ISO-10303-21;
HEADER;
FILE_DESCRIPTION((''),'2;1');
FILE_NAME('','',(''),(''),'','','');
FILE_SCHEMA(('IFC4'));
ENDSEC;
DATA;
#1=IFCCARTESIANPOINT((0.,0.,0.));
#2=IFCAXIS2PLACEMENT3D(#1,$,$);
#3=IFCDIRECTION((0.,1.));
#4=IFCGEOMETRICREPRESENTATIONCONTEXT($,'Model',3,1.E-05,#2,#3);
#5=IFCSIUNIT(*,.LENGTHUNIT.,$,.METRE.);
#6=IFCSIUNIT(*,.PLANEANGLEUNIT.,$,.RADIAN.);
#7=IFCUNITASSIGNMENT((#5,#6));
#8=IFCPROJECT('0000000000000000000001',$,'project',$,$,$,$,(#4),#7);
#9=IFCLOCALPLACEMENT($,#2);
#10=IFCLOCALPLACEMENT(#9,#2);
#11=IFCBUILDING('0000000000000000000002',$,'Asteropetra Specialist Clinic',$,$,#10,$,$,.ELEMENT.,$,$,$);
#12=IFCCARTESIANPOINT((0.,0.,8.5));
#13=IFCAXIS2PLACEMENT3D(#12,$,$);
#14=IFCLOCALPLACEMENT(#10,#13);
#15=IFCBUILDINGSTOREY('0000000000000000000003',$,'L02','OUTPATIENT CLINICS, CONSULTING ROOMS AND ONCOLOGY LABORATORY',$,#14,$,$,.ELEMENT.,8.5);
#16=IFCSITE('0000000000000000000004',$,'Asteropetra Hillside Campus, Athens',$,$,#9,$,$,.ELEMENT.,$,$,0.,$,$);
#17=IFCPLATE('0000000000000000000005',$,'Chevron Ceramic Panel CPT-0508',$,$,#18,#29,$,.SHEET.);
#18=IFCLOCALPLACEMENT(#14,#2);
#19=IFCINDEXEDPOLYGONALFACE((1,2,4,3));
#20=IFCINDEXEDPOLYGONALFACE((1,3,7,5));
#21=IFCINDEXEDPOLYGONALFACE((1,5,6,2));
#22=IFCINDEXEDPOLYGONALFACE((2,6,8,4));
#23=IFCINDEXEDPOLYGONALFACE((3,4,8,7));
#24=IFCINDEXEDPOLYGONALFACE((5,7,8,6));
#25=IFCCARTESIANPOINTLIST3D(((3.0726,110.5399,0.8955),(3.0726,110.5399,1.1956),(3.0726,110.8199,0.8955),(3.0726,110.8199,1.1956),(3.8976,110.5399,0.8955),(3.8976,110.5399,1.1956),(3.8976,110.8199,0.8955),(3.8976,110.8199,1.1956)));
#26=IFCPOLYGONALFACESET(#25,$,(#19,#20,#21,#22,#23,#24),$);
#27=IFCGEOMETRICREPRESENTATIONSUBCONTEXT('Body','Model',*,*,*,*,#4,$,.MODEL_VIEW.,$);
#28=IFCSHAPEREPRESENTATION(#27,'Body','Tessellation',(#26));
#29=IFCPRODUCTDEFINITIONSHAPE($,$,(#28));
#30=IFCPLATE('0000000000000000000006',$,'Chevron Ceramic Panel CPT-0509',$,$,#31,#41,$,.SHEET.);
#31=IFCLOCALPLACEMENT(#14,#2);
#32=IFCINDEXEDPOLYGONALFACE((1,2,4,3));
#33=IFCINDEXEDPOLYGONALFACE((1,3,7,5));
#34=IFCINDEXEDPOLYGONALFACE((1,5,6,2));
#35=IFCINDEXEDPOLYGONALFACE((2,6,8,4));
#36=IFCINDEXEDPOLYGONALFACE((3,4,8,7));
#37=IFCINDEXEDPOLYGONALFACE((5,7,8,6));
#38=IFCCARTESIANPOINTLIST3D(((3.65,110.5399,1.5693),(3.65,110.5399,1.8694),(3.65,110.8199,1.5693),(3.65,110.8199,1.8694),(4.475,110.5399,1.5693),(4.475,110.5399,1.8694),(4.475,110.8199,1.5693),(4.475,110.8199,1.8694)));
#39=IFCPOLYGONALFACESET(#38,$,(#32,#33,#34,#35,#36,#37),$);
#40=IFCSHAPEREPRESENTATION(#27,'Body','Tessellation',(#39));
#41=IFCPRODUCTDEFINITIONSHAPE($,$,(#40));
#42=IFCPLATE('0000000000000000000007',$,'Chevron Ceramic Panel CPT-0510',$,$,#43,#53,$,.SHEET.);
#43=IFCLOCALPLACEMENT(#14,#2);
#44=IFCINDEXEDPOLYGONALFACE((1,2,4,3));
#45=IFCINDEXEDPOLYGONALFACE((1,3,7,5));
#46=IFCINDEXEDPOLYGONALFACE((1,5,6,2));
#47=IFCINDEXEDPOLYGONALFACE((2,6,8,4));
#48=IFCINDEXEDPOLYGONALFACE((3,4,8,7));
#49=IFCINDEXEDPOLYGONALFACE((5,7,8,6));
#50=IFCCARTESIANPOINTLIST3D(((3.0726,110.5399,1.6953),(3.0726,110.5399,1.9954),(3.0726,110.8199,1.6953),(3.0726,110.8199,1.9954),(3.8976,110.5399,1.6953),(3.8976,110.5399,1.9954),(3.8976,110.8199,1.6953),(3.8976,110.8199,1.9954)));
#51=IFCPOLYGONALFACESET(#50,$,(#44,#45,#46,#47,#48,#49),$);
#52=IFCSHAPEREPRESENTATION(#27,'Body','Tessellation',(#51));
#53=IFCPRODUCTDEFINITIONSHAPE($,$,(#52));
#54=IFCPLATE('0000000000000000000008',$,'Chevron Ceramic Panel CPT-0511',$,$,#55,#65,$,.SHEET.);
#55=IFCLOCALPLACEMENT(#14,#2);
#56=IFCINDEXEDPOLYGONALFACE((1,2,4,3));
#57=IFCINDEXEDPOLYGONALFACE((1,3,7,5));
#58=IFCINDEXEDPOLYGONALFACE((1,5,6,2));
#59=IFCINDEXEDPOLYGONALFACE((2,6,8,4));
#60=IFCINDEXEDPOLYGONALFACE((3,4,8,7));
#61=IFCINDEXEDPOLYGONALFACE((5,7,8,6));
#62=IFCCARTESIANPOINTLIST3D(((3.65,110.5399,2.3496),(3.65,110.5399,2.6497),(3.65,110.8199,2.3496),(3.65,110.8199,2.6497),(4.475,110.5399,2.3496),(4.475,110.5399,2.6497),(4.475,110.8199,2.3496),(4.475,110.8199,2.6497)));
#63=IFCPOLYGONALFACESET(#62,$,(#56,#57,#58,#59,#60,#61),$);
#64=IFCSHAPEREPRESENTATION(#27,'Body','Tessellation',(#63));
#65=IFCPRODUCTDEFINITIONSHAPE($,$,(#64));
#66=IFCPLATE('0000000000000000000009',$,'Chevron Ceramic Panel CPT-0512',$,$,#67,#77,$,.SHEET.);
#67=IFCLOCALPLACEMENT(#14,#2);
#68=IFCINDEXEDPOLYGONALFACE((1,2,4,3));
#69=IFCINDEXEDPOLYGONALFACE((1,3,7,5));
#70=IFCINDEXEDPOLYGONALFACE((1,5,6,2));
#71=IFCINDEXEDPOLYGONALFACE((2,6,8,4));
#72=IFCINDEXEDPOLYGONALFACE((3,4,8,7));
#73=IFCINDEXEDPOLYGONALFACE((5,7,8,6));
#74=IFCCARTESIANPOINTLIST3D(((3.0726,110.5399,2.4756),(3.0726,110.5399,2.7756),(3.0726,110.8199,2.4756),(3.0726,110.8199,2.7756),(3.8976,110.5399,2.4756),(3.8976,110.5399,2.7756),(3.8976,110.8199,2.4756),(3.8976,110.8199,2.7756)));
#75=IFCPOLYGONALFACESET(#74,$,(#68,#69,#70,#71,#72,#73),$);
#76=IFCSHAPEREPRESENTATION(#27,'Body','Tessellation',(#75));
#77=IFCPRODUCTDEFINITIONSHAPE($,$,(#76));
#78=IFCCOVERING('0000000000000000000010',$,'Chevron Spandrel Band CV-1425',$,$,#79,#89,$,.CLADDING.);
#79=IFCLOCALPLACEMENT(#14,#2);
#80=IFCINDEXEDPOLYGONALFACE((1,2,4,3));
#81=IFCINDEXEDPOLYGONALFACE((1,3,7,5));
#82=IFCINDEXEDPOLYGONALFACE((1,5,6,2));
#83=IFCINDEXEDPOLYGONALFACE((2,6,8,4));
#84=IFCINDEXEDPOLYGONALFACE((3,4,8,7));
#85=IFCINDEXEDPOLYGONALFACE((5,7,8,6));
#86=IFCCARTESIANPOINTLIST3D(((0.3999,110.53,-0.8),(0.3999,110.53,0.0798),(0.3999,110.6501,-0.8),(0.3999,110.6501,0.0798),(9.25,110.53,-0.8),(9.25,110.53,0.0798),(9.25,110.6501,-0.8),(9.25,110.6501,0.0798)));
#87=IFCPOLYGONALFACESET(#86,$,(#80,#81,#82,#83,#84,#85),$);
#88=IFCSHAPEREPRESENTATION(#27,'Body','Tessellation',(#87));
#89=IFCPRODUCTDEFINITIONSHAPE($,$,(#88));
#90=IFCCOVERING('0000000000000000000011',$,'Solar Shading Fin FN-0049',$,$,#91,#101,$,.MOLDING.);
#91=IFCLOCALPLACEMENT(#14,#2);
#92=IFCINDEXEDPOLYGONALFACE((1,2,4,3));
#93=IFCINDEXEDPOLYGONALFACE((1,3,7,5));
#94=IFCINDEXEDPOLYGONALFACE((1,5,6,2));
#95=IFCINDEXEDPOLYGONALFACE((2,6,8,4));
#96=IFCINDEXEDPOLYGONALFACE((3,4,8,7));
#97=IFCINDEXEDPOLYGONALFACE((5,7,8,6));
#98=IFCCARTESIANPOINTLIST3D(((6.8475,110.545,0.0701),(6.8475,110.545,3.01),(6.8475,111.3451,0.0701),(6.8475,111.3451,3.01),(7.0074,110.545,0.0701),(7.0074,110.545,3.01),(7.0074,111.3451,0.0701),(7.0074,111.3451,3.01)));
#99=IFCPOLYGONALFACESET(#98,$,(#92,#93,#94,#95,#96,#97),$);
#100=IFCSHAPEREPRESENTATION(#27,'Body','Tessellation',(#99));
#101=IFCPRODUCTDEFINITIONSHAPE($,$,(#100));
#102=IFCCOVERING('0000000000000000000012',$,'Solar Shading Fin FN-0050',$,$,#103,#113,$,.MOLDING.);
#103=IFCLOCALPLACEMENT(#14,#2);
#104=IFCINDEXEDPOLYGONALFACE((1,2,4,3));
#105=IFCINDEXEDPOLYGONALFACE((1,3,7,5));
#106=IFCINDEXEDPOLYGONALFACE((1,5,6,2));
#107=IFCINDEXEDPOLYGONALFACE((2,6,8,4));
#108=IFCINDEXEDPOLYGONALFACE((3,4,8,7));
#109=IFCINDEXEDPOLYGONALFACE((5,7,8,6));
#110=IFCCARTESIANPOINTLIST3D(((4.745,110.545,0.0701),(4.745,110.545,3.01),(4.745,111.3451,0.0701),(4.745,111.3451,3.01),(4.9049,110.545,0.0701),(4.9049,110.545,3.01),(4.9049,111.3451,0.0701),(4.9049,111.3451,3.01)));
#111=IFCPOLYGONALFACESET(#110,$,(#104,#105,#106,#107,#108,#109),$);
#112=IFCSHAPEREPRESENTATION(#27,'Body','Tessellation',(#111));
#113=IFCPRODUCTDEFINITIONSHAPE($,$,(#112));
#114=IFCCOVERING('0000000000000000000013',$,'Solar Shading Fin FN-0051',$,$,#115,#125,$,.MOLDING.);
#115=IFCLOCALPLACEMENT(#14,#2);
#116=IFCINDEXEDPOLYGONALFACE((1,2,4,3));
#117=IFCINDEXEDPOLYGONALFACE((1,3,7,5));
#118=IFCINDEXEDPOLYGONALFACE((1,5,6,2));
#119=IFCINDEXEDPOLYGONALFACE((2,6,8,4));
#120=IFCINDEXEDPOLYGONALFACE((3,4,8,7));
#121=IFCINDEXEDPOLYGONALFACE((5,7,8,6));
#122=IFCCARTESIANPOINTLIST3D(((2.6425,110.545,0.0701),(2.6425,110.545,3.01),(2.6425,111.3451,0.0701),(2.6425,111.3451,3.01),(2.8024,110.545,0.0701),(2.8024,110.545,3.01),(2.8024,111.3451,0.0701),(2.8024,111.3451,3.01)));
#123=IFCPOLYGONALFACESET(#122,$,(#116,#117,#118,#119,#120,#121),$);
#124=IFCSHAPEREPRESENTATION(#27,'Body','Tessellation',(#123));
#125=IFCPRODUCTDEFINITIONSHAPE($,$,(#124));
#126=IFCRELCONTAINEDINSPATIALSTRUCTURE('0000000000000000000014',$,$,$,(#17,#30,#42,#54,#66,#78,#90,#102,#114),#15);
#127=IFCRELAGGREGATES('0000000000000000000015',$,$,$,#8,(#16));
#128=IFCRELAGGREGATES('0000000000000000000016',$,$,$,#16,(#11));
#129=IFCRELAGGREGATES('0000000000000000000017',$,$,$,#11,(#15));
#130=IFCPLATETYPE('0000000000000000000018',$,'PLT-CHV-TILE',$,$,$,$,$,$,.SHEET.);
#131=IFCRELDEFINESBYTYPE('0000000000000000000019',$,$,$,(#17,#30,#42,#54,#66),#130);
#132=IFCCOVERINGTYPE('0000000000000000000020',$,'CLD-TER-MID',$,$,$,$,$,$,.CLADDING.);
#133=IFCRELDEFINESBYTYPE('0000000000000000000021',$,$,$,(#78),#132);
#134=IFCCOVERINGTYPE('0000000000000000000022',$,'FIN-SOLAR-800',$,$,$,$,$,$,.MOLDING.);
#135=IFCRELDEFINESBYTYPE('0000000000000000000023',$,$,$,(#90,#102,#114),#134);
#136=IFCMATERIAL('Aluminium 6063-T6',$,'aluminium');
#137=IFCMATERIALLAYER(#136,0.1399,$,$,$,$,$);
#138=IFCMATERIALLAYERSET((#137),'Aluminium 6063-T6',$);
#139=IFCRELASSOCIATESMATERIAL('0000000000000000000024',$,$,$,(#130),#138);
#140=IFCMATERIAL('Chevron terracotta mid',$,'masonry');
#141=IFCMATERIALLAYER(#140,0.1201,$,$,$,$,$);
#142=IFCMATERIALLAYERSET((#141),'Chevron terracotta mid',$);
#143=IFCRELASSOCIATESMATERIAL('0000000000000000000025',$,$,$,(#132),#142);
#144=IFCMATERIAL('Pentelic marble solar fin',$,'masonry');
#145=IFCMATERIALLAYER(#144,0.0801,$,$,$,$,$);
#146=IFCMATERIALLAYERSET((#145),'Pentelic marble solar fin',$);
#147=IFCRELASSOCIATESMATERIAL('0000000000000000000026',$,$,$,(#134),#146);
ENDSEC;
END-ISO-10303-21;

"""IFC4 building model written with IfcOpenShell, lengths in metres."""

from ifc_helpers import new_model, si_unit, direction, frame, origin, origin_2d, place, context, subcontext, project, spatial, rectangle, extrude, material, layer, layer_set, type_object, element, save


model = new_model("IFC4")

# Units and contexts
model_context = context("Model", 3, precision=1e-05, world=origin(), true_north=direction((0.0, 1.0)))
body_context = subcontext(model_context, "Body", "Model", "MODEL_VIEW")
ifc_project = project(units=[si_unit("LENGTHUNIT", "METRE"), si_unit("PLANEANGLEUNIT", "RADIAN")], contexts=[model_context])

# Site, building, storey
site_placement = place(None, origin())
site = spatial("IfcSite", under=ifc_project, at=site_placement, Name="Asteropetra Hillside Campus, Athens", CompositionType="ELEMENT", RefElevation=0.0)
building_placement = place(site_placement, origin())
building = spatial("IfcBuilding", under=site, at=building_placement, Name="Asteropetra Specialist Clinic", CompositionType="ELEMENT")
storey_placement = place(building_placement, frame((0.0, 0.0, 8.5)))
storey = spatial("IfcBuildingStorey", under=building, at=storey_placement, Name="L02", Description="OUTPATIENT CLINICS, CONSULTING ROOMS AND ONCOLOGY LABORATORY", CompositionType="ELEMENT", Elevation=8.5)

# Plates
ifc_material_1 = material(Name="Aluminium 6063-T6", Category="aluminium")
ifc_layer_1 = layer(ifc_material_1, 0.1399)
ifc_layer_set_1 = layer_set([ifc_layer_1], Name="Aluminium 6063-T6")
plate_type_1 = type_object("IfcPlateType", Name="PLT-CHV-TILE", PredefinedType="SHEET", material=ifc_layer_set_1)
for number, where, z_axis, x_axis, name in (
    (1, (3.4851, 110.6799, 0.8955), (0.0, 0.0, 1.0), (1.0, 0.0, 0.0), "Chevron Ceramic Panel CPT-0508"),
    (2, (4.0625, 110.6799, 1.5693), (0.0, 0.0, 1.0), (1.0, 0.0, 0.0), "Chevron Ceramic Panel CPT-0509"),
    (3, (3.4851, 110.6799, 1.6953), (0.0, 0.0, 1.0), (1.0, 0.0, 0.0), "Chevron Ceramic Panel CPT-0510"),
    (4, (4.0625, 110.6799, 2.3496), (0.0, 0.0, 1.0), (1.0, 0.0, 0.0), "Chevron Ceramic Panel CPT-0511"),
    (5, (3.4851, 110.6799, 2.4756), (0.0, 0.0, 1.0), (1.0, 0.0, 0.0), "Chevron Ceramic Panel CPT-0512"),
):
    element("IfcPlate", number, at=place(storey_placement, frame(where, z_axis=z_axis, x_axis=x_axis)), inside=storey, type_object=plate_type_1, Name=name, PredefinedType="SHEET", context=body_context, shape_type="SweptSolid", body=[
        extrude(rectangle(XDim=0.825, YDim=0.28, at=origin_2d()), origin(), (0.0, 0.0, 1.0), 0.3),
    ])

# Coverings
ifc_material_2 = material(Name="Chevron terracotta mid", Category="masonry")
ifc_layer_2 = layer(ifc_material_2, 0.1201)
ifc_layer_set_2 = layer_set([ifc_layer_2], Name="Chevron terracotta mid")
covering_type_1 = type_object("IfcCoveringType", Name="CLD-TER-MID", PredefinedType="CLADDING", material=ifc_layer_set_2)
covering_placement = place(storey_placement, frame((4.825, 110.5901, -0.8), z_axis=(0.0, 0.0, 1.0), x_axis=(1.0, 0.0, 0.0)))
element("IfcCovering", 6, at=covering_placement, inside=storey, type_object=covering_type_1, Name="Chevron Spandrel Band CV-1425", PredefinedType="CLADDING", context=body_context, shape_type="SweptSolid", body=[
    extrude(rectangle(XDim=8.8501, YDim=0.1201, at=origin_2d()), origin(), (0.0, 0.0, 1.0), 0.8799),
])
ifc_material_3 = material(Name="Pentelic marble solar fin", Category="masonry")
ifc_layer_3 = layer(ifc_material_3, 0.0801)
ifc_layer_set_3 = layer_set([ifc_layer_3], Name="Pentelic marble solar fin")
covering_type_2 = type_object("IfcCoveringType", Name="FIN-SOLAR-800", PredefinedType="MOLDING", material=ifc_layer_set_3)
for number, where, z_axis, x_axis, name in (
    (7, (6.9275, 110.9451, 0.0701), (0.0, 0.0, 1.0), (1.0, 0.0, 0.0), "Solar Shading Fin FN-0049"),
    (8, (4.825, 110.9451, 0.0701), (0.0, 0.0, 1.0), (1.0, 0.0, 0.0), "Solar Shading Fin FN-0050"),
    (9, (2.7224, 110.9451, 0.0701), (0.0, 0.0, 1.0), (1.0, 0.0, 0.0), "Solar Shading Fin FN-0051"),
):
    element("IfcCovering", number, at=place(storey_placement, frame(where, z_axis=z_axis, x_axis=x_axis)), inside=storey, type_object=covering_type_2, Name=name, PredefinedType="MOLDING", context=body_context, shape_type="SweptSolid", body=[
        extrude(rectangle(XDim=0.1599, YDim=0.8, at=origin_2d()), origin(), (0.0, 0.0, 1.0), 2.9399),
    ])

save(model, "model.ifc")
